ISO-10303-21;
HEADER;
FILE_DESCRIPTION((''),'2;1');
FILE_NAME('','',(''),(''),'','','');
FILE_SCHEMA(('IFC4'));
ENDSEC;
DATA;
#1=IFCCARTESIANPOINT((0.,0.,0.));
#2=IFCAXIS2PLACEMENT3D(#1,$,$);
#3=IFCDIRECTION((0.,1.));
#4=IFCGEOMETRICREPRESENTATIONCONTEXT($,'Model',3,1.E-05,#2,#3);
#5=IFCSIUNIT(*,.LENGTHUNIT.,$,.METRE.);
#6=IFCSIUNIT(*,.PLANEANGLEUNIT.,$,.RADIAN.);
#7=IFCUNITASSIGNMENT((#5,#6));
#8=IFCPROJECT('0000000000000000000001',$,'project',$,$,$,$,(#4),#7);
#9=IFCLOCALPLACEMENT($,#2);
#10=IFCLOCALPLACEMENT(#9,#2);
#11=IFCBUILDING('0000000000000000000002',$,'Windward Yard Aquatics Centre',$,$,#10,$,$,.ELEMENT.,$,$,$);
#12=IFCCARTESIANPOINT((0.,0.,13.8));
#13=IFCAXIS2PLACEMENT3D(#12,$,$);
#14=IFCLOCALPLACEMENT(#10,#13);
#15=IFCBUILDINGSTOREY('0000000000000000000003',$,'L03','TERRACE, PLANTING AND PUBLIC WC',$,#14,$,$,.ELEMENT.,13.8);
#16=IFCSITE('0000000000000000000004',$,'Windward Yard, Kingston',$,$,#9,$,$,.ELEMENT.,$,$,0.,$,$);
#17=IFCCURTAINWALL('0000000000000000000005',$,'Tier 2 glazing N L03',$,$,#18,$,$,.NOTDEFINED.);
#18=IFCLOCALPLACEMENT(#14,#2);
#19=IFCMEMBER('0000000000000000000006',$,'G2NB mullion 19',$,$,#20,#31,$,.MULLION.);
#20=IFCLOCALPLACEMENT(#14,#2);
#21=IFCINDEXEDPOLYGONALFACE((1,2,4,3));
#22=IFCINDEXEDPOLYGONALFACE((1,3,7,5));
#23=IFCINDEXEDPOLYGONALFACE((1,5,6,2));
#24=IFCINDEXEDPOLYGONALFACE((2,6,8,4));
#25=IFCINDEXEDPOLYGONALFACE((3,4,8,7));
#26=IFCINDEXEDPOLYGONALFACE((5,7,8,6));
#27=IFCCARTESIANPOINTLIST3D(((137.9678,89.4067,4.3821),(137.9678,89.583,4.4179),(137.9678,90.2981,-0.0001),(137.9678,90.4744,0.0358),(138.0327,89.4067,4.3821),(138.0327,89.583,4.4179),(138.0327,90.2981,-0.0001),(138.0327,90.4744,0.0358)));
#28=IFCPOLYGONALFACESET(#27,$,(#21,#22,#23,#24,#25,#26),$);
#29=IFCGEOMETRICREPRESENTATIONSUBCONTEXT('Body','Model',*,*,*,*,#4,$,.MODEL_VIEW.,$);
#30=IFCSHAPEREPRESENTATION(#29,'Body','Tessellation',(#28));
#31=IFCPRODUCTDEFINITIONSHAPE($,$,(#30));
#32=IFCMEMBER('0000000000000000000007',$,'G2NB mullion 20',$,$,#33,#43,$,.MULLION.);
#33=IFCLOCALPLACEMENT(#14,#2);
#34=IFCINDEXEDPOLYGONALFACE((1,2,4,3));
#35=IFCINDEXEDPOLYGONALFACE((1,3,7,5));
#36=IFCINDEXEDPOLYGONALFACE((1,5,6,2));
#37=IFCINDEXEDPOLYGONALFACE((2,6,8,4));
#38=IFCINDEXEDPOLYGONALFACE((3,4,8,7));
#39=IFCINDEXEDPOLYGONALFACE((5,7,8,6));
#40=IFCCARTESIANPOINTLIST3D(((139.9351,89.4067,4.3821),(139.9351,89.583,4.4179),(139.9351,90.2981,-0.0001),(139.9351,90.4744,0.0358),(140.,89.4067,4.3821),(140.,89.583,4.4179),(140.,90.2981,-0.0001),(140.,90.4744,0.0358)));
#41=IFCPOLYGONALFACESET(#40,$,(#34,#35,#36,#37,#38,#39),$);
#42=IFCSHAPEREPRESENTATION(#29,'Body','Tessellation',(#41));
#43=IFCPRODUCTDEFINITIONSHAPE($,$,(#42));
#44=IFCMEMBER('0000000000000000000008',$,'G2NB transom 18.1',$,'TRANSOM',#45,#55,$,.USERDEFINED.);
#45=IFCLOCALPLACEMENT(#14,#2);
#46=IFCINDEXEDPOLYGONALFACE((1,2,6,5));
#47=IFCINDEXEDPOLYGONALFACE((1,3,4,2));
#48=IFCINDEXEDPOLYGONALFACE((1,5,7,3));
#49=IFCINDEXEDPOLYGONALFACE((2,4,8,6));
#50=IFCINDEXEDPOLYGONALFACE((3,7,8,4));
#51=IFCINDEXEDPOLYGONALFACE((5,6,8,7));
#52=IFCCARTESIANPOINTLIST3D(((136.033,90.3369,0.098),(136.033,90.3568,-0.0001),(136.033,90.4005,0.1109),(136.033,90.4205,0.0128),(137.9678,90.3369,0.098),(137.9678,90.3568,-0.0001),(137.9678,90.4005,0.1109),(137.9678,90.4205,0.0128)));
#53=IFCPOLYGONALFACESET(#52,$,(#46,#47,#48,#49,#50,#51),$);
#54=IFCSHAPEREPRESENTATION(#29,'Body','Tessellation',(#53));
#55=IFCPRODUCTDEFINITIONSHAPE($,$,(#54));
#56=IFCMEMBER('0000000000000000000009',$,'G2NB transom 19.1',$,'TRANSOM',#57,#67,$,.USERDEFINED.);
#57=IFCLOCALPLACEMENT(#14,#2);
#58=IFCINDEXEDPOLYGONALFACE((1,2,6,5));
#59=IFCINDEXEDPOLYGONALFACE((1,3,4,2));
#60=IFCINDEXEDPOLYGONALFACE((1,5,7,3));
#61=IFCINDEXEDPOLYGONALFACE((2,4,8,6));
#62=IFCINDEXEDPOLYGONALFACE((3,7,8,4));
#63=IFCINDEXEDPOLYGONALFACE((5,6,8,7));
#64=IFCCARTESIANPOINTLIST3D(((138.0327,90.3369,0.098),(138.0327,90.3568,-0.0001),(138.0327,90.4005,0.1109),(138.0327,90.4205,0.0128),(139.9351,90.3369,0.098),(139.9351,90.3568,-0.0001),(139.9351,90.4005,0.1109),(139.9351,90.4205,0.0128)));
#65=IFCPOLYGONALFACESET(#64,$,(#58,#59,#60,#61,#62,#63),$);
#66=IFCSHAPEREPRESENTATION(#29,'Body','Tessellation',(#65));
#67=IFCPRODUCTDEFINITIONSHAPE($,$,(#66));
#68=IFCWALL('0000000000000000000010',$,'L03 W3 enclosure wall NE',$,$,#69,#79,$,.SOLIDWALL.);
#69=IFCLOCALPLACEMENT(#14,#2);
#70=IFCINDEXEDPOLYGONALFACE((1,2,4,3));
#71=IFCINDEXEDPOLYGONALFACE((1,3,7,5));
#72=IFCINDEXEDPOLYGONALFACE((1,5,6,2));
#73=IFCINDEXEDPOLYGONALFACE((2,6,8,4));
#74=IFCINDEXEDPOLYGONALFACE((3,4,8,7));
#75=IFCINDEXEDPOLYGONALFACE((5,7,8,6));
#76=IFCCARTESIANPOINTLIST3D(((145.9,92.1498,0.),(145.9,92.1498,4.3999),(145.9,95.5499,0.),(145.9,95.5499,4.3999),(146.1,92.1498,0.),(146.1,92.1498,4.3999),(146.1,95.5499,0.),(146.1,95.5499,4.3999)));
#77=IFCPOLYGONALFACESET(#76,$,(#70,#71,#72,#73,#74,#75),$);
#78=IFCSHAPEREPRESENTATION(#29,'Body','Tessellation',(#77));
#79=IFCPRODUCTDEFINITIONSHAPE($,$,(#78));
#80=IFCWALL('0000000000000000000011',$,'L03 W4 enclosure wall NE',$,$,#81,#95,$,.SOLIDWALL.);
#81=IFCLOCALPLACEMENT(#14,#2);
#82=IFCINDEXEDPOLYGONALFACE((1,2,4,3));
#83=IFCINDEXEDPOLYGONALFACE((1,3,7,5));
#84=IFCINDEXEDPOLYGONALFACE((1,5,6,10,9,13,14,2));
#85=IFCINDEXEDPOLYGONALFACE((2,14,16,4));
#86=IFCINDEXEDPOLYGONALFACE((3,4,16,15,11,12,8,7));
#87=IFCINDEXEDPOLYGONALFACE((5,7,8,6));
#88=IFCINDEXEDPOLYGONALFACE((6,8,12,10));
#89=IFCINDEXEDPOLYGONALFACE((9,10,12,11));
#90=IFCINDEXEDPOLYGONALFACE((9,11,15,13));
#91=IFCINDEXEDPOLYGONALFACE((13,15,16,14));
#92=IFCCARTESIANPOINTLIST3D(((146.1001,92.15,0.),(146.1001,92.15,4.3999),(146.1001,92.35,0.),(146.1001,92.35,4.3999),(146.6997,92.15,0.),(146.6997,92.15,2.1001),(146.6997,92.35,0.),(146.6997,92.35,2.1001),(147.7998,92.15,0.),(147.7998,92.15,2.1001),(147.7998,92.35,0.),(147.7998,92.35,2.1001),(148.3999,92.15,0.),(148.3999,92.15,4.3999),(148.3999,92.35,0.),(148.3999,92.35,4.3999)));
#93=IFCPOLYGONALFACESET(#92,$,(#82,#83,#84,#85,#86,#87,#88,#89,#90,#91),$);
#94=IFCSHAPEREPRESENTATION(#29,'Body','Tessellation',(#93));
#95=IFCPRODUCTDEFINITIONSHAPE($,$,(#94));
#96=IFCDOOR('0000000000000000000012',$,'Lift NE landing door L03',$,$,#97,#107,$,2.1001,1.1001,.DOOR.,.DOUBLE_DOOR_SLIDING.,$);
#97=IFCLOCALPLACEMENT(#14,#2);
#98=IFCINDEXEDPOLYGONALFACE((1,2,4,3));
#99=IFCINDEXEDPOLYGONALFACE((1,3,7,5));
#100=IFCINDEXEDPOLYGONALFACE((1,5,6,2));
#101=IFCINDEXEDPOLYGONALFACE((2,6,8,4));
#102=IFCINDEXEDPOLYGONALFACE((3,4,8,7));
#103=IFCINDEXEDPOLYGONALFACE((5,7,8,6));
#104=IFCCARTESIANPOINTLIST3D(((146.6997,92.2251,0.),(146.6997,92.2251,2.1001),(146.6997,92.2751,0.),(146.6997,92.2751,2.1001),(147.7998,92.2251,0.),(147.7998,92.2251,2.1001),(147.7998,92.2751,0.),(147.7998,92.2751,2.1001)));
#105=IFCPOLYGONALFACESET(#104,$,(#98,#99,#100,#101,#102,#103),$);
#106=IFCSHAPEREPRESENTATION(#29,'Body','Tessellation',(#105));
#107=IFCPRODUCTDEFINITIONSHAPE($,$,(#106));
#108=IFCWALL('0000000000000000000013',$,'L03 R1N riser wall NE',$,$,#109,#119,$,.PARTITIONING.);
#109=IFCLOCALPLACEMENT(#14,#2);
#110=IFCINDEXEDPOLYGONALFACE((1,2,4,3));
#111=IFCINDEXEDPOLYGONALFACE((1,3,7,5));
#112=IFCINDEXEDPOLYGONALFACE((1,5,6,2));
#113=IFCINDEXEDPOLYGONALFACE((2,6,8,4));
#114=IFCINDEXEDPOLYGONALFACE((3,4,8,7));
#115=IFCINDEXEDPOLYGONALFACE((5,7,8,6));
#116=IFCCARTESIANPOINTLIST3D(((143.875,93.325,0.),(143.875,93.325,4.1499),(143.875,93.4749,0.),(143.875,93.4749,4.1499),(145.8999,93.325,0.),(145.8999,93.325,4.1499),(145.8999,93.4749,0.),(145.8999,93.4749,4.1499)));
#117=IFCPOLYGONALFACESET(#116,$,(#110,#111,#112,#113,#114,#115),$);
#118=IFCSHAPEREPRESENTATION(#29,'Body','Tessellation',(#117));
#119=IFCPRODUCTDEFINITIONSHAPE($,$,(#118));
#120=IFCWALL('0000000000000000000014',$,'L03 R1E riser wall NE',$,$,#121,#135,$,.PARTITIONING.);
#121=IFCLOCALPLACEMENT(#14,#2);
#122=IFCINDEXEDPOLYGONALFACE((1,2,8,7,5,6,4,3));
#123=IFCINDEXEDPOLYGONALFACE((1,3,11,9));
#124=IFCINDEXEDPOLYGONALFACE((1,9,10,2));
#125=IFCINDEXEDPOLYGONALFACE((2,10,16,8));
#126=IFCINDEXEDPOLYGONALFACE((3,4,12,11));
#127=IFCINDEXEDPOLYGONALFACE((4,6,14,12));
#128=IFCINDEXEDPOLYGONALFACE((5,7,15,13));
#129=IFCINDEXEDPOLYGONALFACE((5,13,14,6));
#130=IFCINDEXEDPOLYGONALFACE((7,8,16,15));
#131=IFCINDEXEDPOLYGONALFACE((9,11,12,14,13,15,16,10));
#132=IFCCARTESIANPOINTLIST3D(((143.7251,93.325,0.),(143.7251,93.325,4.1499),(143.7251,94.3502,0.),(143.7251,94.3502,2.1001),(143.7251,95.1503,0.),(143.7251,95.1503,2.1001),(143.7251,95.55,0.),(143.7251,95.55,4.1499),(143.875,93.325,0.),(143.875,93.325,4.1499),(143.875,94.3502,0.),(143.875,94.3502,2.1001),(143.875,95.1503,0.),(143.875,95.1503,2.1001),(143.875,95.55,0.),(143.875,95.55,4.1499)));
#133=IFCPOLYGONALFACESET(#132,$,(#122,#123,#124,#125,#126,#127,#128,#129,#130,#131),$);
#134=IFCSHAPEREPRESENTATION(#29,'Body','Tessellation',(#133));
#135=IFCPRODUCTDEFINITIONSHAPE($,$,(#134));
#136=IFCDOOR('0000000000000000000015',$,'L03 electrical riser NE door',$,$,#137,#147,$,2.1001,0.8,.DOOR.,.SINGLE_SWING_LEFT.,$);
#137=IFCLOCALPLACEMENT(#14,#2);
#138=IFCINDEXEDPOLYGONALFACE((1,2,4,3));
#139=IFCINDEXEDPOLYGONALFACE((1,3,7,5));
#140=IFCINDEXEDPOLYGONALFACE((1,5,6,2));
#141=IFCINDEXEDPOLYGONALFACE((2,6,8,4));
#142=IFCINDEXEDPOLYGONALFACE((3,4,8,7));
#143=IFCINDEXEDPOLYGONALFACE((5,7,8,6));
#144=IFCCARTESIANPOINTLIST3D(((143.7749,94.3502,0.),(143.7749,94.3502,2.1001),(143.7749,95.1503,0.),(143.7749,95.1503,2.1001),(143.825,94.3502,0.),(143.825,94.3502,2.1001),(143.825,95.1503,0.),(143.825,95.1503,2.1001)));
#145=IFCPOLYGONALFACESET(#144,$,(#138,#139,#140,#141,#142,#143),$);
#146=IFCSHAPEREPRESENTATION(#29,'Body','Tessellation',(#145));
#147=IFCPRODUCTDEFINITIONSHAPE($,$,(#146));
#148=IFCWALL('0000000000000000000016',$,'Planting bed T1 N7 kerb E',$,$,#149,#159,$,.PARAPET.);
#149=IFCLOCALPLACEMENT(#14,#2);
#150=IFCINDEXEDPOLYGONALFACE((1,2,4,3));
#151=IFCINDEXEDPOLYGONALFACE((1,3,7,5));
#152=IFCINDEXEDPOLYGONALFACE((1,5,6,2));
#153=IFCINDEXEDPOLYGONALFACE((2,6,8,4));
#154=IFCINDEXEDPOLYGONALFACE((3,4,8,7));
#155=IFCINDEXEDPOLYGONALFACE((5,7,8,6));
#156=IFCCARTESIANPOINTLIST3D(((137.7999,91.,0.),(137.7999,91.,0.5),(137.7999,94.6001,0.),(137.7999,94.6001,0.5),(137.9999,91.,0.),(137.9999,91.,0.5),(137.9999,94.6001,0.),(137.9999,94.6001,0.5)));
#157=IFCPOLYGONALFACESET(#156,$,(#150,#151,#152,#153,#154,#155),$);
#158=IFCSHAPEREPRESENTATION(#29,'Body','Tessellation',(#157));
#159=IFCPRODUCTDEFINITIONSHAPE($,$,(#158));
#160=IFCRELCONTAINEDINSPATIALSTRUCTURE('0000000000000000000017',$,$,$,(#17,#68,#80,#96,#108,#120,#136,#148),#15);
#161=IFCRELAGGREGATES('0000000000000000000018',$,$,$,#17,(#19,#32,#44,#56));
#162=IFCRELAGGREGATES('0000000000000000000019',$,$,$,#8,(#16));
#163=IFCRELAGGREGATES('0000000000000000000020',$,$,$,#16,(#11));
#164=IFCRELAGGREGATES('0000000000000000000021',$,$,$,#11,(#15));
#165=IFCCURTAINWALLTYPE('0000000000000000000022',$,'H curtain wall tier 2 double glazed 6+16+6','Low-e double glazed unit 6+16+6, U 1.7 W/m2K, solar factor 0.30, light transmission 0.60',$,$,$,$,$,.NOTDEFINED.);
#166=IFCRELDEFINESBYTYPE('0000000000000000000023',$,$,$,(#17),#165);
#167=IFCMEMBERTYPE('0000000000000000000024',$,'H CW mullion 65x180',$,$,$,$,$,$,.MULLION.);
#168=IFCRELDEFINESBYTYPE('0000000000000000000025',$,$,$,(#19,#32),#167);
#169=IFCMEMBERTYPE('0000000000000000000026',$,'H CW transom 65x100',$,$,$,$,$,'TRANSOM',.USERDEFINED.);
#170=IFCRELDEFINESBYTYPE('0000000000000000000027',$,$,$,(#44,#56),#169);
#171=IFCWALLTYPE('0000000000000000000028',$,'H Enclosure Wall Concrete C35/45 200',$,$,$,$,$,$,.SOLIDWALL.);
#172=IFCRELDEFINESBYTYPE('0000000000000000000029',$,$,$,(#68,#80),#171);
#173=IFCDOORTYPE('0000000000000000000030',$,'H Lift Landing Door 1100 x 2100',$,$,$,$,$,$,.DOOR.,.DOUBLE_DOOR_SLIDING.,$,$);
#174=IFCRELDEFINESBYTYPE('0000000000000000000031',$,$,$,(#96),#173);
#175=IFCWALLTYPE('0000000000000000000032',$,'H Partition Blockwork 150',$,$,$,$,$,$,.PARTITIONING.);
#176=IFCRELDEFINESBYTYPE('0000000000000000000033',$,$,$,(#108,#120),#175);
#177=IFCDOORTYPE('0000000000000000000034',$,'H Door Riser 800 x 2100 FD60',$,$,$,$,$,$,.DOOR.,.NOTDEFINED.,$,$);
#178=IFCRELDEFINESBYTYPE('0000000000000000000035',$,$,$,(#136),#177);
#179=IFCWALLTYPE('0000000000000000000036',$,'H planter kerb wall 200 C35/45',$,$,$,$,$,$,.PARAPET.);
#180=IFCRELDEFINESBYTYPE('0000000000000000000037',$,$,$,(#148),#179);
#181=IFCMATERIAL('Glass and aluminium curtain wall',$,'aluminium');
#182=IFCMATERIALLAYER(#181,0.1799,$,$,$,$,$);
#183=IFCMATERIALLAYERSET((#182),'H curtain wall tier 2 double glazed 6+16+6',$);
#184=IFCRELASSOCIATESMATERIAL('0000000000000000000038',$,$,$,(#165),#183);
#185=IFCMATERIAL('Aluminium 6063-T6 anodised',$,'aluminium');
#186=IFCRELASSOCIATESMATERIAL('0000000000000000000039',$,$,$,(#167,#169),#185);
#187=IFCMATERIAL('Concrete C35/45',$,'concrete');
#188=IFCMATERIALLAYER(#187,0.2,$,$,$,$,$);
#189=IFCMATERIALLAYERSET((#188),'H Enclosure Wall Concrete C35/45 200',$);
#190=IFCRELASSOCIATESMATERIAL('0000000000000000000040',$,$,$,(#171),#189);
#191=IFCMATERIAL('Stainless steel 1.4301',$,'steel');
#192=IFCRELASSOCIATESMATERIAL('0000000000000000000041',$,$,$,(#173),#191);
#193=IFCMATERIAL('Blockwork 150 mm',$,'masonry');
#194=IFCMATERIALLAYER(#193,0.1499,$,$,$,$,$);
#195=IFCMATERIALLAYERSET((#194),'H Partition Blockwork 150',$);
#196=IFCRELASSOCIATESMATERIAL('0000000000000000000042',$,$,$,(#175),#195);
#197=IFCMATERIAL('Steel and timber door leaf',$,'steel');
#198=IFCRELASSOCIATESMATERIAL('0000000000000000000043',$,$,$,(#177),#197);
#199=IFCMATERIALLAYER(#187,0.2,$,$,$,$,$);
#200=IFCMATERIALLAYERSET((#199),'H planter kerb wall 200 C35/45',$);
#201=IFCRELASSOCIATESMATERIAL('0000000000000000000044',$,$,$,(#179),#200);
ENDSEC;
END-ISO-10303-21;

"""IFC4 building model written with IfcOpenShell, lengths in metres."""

from ifc_helpers import new_model, si_unit, direction, frame, frame_2d, origin, origin_2d, place, context, subcontext, project, spatial, rectangle, extrude, material, layer, layer_set, material_profile, profile_set, type_object, element, fill, aggregate, save


model = new_model("IFC4")

# Units and contexts
model_context = context("Model", 3, precision=1e-05, world=origin(), true_north=direction((0.0, 1.0)))
body_context = subcontext(model_context, "Body", "Model", "MODEL_VIEW")
ifc_project = project(units=[si_unit("LENGTHUNIT", "METRE"), si_unit("PLANEANGLEUNIT", "RADIAN")], contexts=[model_context])

# Site, building, storey
site_placement = place(None, origin())
site = spatial("IfcSite", under=ifc_project, at=site_placement, Name="Windward Yard, Kingston", CompositionType="ELEMENT", RefElevation=0.0)
building_placement = place(site_placement, origin())
building = spatial("IfcBuilding", under=site, at=building_placement, Name="Windward Yard Aquatics Centre", CompositionType="ELEMENT")
storey_placement = place(building_placement, frame((0.0, 0.0, 13.8)))
storey = spatial("IfcBuildingStorey", under=building, at=storey_placement, Name="L03", Description="TERRACE, PLANTING AND PUBLIC WC", CompositionType="ELEMENT", Elevation=13.8)

# Curtain wall, members
ifc_material_1 = material(Name="Glass and aluminium curtain wall", Category="aluminium")
ifc_layer_1 = layer(ifc_material_1, 0.1799)
ifc_layer_set_1 = layer_set([ifc_layer_1], Name="H curtain wall tier 2 double glazed 6+16+6")
curtain_wall_type = type_object("IfcCurtainWallType", Name="H curtain wall tier 2 double glazed 6+16+6", Description="Low-e double glazed unit 6+16+6, U 1.7 W/m2K, solar factor 0.30, light transmission 0.60", PredefinedType="NOTDEFINED", material=ifc_layer_set_1)
curtain_wall_placement = place(storey_placement, origin())
curtain_wall = element("IfcCurtainWall", 1, at=curtain_wall_placement, inside=storey, type_object=curtain_wall_type, Name="Tier 2 glazing N L03", PredefinedType="NOTDEFINED")
ifc_material_2 = material(Name="Aluminium 6063-T6 anodised", Category="aluminium")
ifc_material_profile_1 = material_profile(ifc_material_2, rectangle(XDim=0.0649, YDim=0.1799, at=origin_2d()), Name="H CW mullion 65x180")
ifc_profile_set_1 = profile_set([ifc_material_profile_1], Name="Aluminium 6063-T6 anodised")
member_type_1 = type_object("IfcMemberType", Name="H CW mullion 65x180", PredefinedType="MULLION", material=ifc_profile_set_1)
member_1_placement = place(storey_placement, frame((138.0002, 90.3862, 0.0178), z_axis=(0.0, -0.199328, 0.979933), x_axis=(1.0, 0.0, 0.0)))
member_1 = element("IfcMember", 2, at=member_1_placement, type_object=member_type_1, Name="G2NB mullion 19", PredefinedType="MULLION", context=body_context, shape_type="SweptSolid", body=[
    extrude(rectangle(XDim=0.0649, YDim=0.1799, at=origin_2d()), origin(), (0.0, 0.0, 1.0), 4.4719),
])
member_2_placement = place(storey_placement, frame((139.9675, 90.3862, 0.0178), z_axis=(0.0, -0.199328, 0.979933), x_axis=(1.0, 0.0, 0.0)))
member_2 = element("IfcMember", 3, at=member_2_placement, type_object=member_type_1, Name="G2NB mullion 20", PredefinedType="MULLION", context=body_context, shape_type="SweptSolid", body=[
    extrude(rectangle(XDim=0.0649, YDim=0.1799, at=origin_2d()), origin(), (0.0, 0.0, 1.0), 4.4719),
])
ifc_material_profile_2 = material_profile(ifc_material_2, rectangle(XDim=0.0649, YDim=0.1001, at=origin_2d()), Name="H CW transom 65x100")
ifc_profile_set_2 = profile_set([ifc_material_profile_2], Name="Aluminium 6063-T6 anodised")
member_type_2 = type_object("IfcMemberType", Name="H CW transom 65x100", ElementType="TRANSOM", PredefinedType="USERDEFINED", material=ifc_profile_set_2)
member_3_placement = place(storey_placement, frame((136.033, 90.3787, 0.0554), z_axis=(1.0, 0.0, 0.0), x_axis=(0.0, 0.979925, 0.199368)))
member_3 = element("IfcMember", 4, at=member_3_placement, type_object=member_type_2, Name="G2NB transom 18.1", ObjectType="TRANSOM", PredefinedType="USERDEFINED", context=body_context, shape_type="SweptSolid", body=[
    extrude(rectangle(XDim=0.0649, YDim=0.1001, at=origin_2d()), origin(), (0.0, 0.0, 1.0), 1.9348),
])
member_4_placement = place(storey_placement, frame((138.0327, 90.3787, 0.0554), z_axis=(1.0, 0.0, 0.0), x_axis=(0.0, 0.979925, 0.199368)))
member_4 = element("IfcMember", 5, at=member_4_placement, type_object=member_type_2, Name="G2NB transom 19.1", ObjectType="TRANSOM", PredefinedType="USERDEFINED", context=body_context, shape_type="SweptSolid", body=[
    extrude(rectangle(XDim=0.0649, YDim=0.1001, at=origin_2d()), origin(), (0.0, 0.0, 1.0), 1.9023),
])
aggregate(curtain_wall, [member_1, member_2, member_3, member_4])

# Wall
ifc_material_3 = material(Name="Concrete C35/45", Category="concrete")
ifc_layer_2 = layer(ifc_material_3, 0.2)
ifc_layer_set_2 = layer_set([ifc_layer_2], Name="H Enclosure Wall Concrete C35/45 200")
wall_type_1 = type_object("IfcWallType", Name="H Enclosure Wall Concrete C35/45 200", PredefinedType="SOLIDWALL", material=ifc_layer_set_2)
wall_1_placement = place(storey_placement, frame((146.0, 95.55, 0.0), z_axis=(0.0, 0.0, 1.0), x_axis=(0.0, -1.0, 0.0)))
element("IfcWall", 6, at=wall_1_placement, inside=storey, type_object=wall_type_1, Name="L03 W3 enclosure wall NE", PredefinedType="SOLIDWALL", context=body_context, shape_type="SweptSolid", body=[
    extrude(rectangle(XDim=3.4001, YDim=0.2, at=frame_2d((1.7002, 0.0))), origin(), (0.0, 0.0, 1.0), 4.3999),
])

# Wall, opening, door
wall_2_placement = place(storey_placement, frame((148.3999, 92.25, 0.0), z_axis=(0.0, 0.0, 1.0), x_axis=(-1.0, 0.0, 0.0)))
wall_2 = element("IfcWall", 7, at=wall_2_placement, inside=storey, type_object=wall_type_1, Name="L03 W4 enclosure wall NE", PredefinedType="SOLIDWALL", context=body_context, shape_type="SweptSolid", body=[
    extrude(rectangle(XDim=2.2998, YDim=0.2, at=frame_2d((1.1499, 0.0))), origin(), (0.0, 0.0, 1.0), 4.3999),
])
opening_1_placement = place(wall_2_placement, frame((0.6001, 0.0, 0.0)))
opening_1 = element("IfcOpeningElement", 8, at=opening_1_placement, cuts=wall_2, PredefinedType="OPENING", context=body_context, shape_type="SweptSolid", body=[
    extrude(rectangle(XDim=1.1001, YDim=2.1001, at=frame_2d((0.55, 1.05))), frame((0.0, 0.1099, 0.0), z_axis=(0.0, -1.0, 0.0), x_axis=(1.0, 0.0, 0.0)), (0.0, 0.0, 1.0), 0.22),
])
ifc_material_4 = material(Name="Stainless steel 1.4301", Category="steel")
door_type_1 = type_object("IfcDoorType", Name="H Lift Landing Door 1100 x 2100", OperationType="DOUBLE_DOOR_SLIDING", PredefinedType="DOOR", material=ifc_material_4)
door_1_placement = place(opening_1_placement, origin())
door_1 = element("IfcDoor", 9, at=door_1_placement, inside=storey, type_object=door_type_1, Name="Lift NE landing door L03", OperationType="DOUBLE_DOOR_SLIDING", OverallHeight=2.1001, OverallWidth=1.1001, PredefinedType="DOOR", context=body_context, shape_type="SweptSolid", body=[
    extrude(rectangle(XDim=1.1001, YDim=2.1001, at=frame_2d((0.55, 1.05))), frame((0.0, 0.0249, 0.0), z_axis=(0.0, -1.0, 0.0), x_axis=(1.0, 0.0, 0.0)), (0.0, 0.0, 1.0), 0.05),
])
fill(opening_1, door_1)

# Wall
ifc_material_5 = material(Name="Blockwork 150 mm", Category="masonry")
ifc_layer_3 = layer(ifc_material_5, 0.1499)
ifc_layer_set_3 = layer_set([ifc_layer_3], Name="H Partition Blockwork 150")
wall_type_2 = type_object("IfcWallType", Name="H Partition Blockwork 150", PredefinedType="PARTITIONING", material=ifc_layer_set_3)
wall_3_placement = place(storey_placement, frame((145.8999, 93.3999, 0.0), z_axis=(0.0, 0.0, 1.0), x_axis=(-1.0, 0.0, 0.0)))
element("IfcWall", 10, at=wall_3_placement, inside=storey, type_object=wall_type_2, Name="L03 R1N riser wall NE", PredefinedType="PARTITIONING", context=body_context, shape_type="SweptSolid", body=[
    extrude(rectangle(XDim=2.0249, YDim=0.1499, at=frame_2d((1.0125, 0.0))), origin(), (0.0, 0.0, 1.0), 4.1499),
])

# Wall, opening, door
wall_4_placement = place(storey_placement, frame((143.8, 95.55, 0.0), z_axis=(0.0, 0.0, 1.0), x_axis=(0.0, -1.0, 0.0)))
wall_4 = element("IfcWall", 11, at=wall_4_placement, inside=storey, type_object=wall_type_2, Name="L03 R1E riser wall NE", PredefinedType="PARTITIONING", context=body_context, shape_type="SweptSolid", body=[
    extrude(rectangle(XDim=2.2251, YDim=0.1499, at=frame_2d((1.1125, 0.0))), origin(), (0.0, 0.0, 1.0), 4.1499),
])
opening_2_placement = place(wall_4_placement, frame((0.3999, 0.0, 0.0)))
opening_2 = element("IfcOpeningElement", 12, at=opening_2_placement, cuts=wall_4, PredefinedType="OPENING", context=body_context, shape_type="SweptSolid", body=[
    extrude(rectangle(XDim=0.8, YDim=2.1001, at=frame_2d((0.3999, 1.05))), frame((0.0, 0.085, 0.0), z_axis=(0.0, -1.0, 0.0), x_axis=(1.0, 0.0, 0.0)), (0.0, 0.0, 1.0), 0.1699),
])
ifc_material_6 = material(Name="Steel and timber door leaf", Category="steel")
door_type_2 = type_object("IfcDoorType", Name="H Door Riser 800 x 2100 FD60", OperationType="NOTDEFINED", PredefinedType="DOOR", material=ifc_material_6)
door_2_placement = place(opening_2_placement, origin())
door_2 = element("IfcDoor", 13, at=door_2_placement, inside=storey, type_object=door_type_2, Name="L03 electrical riser NE door", OperationType="SINGLE_SWING_LEFT", OverallHeight=2.1001, OverallWidth=0.8, PredefinedType="DOOR", context=body_context, shape_type="SweptSolid", body=[
    extrude(rectangle(XDim=0.8, YDim=2.1001, at=frame_2d((0.3999, 1.05))), frame((0.0, 0.0249, 0.0), z_axis=(0.0, -1.0, 0.0), x_axis=(1.0, 0.0, 0.0)), (0.0, 0.0, 1.0), 0.05),
])
fill(opening_2, door_2)

# Wall
ifc_layer_4 = layer(ifc_material_3, 0.2)
ifc_layer_set_4 = layer_set([ifc_layer_4], Name="H planter kerb wall 200 C35/45")
wall_type_3 = type_object("IfcWallType", Name="H planter kerb wall 200 C35/45", PredefinedType="PARAPET", material=ifc_layer_set_4)
wall_5_placement = place(storey_placement, frame((137.8999, 94.6001, 0.0), z_axis=(0.0, 0.0, 1.0), x_axis=(0.0, -1.0, 0.0)))
element("IfcWall", 14, at=wall_5_placement, inside=storey, type_object=wall_type_3, Name="Planting bed T1 N7 kerb E", PredefinedType="PARAPET", context=body_context, shape_type="SweptSolid", body=[
    extrude(rectangle(XDim=3.6001, YDim=0.2, at=frame_2d((1.8, 0.0))), origin(), (0.0, 0.0, 1.0), 0.5),
])

save(model, "model.ifc")
